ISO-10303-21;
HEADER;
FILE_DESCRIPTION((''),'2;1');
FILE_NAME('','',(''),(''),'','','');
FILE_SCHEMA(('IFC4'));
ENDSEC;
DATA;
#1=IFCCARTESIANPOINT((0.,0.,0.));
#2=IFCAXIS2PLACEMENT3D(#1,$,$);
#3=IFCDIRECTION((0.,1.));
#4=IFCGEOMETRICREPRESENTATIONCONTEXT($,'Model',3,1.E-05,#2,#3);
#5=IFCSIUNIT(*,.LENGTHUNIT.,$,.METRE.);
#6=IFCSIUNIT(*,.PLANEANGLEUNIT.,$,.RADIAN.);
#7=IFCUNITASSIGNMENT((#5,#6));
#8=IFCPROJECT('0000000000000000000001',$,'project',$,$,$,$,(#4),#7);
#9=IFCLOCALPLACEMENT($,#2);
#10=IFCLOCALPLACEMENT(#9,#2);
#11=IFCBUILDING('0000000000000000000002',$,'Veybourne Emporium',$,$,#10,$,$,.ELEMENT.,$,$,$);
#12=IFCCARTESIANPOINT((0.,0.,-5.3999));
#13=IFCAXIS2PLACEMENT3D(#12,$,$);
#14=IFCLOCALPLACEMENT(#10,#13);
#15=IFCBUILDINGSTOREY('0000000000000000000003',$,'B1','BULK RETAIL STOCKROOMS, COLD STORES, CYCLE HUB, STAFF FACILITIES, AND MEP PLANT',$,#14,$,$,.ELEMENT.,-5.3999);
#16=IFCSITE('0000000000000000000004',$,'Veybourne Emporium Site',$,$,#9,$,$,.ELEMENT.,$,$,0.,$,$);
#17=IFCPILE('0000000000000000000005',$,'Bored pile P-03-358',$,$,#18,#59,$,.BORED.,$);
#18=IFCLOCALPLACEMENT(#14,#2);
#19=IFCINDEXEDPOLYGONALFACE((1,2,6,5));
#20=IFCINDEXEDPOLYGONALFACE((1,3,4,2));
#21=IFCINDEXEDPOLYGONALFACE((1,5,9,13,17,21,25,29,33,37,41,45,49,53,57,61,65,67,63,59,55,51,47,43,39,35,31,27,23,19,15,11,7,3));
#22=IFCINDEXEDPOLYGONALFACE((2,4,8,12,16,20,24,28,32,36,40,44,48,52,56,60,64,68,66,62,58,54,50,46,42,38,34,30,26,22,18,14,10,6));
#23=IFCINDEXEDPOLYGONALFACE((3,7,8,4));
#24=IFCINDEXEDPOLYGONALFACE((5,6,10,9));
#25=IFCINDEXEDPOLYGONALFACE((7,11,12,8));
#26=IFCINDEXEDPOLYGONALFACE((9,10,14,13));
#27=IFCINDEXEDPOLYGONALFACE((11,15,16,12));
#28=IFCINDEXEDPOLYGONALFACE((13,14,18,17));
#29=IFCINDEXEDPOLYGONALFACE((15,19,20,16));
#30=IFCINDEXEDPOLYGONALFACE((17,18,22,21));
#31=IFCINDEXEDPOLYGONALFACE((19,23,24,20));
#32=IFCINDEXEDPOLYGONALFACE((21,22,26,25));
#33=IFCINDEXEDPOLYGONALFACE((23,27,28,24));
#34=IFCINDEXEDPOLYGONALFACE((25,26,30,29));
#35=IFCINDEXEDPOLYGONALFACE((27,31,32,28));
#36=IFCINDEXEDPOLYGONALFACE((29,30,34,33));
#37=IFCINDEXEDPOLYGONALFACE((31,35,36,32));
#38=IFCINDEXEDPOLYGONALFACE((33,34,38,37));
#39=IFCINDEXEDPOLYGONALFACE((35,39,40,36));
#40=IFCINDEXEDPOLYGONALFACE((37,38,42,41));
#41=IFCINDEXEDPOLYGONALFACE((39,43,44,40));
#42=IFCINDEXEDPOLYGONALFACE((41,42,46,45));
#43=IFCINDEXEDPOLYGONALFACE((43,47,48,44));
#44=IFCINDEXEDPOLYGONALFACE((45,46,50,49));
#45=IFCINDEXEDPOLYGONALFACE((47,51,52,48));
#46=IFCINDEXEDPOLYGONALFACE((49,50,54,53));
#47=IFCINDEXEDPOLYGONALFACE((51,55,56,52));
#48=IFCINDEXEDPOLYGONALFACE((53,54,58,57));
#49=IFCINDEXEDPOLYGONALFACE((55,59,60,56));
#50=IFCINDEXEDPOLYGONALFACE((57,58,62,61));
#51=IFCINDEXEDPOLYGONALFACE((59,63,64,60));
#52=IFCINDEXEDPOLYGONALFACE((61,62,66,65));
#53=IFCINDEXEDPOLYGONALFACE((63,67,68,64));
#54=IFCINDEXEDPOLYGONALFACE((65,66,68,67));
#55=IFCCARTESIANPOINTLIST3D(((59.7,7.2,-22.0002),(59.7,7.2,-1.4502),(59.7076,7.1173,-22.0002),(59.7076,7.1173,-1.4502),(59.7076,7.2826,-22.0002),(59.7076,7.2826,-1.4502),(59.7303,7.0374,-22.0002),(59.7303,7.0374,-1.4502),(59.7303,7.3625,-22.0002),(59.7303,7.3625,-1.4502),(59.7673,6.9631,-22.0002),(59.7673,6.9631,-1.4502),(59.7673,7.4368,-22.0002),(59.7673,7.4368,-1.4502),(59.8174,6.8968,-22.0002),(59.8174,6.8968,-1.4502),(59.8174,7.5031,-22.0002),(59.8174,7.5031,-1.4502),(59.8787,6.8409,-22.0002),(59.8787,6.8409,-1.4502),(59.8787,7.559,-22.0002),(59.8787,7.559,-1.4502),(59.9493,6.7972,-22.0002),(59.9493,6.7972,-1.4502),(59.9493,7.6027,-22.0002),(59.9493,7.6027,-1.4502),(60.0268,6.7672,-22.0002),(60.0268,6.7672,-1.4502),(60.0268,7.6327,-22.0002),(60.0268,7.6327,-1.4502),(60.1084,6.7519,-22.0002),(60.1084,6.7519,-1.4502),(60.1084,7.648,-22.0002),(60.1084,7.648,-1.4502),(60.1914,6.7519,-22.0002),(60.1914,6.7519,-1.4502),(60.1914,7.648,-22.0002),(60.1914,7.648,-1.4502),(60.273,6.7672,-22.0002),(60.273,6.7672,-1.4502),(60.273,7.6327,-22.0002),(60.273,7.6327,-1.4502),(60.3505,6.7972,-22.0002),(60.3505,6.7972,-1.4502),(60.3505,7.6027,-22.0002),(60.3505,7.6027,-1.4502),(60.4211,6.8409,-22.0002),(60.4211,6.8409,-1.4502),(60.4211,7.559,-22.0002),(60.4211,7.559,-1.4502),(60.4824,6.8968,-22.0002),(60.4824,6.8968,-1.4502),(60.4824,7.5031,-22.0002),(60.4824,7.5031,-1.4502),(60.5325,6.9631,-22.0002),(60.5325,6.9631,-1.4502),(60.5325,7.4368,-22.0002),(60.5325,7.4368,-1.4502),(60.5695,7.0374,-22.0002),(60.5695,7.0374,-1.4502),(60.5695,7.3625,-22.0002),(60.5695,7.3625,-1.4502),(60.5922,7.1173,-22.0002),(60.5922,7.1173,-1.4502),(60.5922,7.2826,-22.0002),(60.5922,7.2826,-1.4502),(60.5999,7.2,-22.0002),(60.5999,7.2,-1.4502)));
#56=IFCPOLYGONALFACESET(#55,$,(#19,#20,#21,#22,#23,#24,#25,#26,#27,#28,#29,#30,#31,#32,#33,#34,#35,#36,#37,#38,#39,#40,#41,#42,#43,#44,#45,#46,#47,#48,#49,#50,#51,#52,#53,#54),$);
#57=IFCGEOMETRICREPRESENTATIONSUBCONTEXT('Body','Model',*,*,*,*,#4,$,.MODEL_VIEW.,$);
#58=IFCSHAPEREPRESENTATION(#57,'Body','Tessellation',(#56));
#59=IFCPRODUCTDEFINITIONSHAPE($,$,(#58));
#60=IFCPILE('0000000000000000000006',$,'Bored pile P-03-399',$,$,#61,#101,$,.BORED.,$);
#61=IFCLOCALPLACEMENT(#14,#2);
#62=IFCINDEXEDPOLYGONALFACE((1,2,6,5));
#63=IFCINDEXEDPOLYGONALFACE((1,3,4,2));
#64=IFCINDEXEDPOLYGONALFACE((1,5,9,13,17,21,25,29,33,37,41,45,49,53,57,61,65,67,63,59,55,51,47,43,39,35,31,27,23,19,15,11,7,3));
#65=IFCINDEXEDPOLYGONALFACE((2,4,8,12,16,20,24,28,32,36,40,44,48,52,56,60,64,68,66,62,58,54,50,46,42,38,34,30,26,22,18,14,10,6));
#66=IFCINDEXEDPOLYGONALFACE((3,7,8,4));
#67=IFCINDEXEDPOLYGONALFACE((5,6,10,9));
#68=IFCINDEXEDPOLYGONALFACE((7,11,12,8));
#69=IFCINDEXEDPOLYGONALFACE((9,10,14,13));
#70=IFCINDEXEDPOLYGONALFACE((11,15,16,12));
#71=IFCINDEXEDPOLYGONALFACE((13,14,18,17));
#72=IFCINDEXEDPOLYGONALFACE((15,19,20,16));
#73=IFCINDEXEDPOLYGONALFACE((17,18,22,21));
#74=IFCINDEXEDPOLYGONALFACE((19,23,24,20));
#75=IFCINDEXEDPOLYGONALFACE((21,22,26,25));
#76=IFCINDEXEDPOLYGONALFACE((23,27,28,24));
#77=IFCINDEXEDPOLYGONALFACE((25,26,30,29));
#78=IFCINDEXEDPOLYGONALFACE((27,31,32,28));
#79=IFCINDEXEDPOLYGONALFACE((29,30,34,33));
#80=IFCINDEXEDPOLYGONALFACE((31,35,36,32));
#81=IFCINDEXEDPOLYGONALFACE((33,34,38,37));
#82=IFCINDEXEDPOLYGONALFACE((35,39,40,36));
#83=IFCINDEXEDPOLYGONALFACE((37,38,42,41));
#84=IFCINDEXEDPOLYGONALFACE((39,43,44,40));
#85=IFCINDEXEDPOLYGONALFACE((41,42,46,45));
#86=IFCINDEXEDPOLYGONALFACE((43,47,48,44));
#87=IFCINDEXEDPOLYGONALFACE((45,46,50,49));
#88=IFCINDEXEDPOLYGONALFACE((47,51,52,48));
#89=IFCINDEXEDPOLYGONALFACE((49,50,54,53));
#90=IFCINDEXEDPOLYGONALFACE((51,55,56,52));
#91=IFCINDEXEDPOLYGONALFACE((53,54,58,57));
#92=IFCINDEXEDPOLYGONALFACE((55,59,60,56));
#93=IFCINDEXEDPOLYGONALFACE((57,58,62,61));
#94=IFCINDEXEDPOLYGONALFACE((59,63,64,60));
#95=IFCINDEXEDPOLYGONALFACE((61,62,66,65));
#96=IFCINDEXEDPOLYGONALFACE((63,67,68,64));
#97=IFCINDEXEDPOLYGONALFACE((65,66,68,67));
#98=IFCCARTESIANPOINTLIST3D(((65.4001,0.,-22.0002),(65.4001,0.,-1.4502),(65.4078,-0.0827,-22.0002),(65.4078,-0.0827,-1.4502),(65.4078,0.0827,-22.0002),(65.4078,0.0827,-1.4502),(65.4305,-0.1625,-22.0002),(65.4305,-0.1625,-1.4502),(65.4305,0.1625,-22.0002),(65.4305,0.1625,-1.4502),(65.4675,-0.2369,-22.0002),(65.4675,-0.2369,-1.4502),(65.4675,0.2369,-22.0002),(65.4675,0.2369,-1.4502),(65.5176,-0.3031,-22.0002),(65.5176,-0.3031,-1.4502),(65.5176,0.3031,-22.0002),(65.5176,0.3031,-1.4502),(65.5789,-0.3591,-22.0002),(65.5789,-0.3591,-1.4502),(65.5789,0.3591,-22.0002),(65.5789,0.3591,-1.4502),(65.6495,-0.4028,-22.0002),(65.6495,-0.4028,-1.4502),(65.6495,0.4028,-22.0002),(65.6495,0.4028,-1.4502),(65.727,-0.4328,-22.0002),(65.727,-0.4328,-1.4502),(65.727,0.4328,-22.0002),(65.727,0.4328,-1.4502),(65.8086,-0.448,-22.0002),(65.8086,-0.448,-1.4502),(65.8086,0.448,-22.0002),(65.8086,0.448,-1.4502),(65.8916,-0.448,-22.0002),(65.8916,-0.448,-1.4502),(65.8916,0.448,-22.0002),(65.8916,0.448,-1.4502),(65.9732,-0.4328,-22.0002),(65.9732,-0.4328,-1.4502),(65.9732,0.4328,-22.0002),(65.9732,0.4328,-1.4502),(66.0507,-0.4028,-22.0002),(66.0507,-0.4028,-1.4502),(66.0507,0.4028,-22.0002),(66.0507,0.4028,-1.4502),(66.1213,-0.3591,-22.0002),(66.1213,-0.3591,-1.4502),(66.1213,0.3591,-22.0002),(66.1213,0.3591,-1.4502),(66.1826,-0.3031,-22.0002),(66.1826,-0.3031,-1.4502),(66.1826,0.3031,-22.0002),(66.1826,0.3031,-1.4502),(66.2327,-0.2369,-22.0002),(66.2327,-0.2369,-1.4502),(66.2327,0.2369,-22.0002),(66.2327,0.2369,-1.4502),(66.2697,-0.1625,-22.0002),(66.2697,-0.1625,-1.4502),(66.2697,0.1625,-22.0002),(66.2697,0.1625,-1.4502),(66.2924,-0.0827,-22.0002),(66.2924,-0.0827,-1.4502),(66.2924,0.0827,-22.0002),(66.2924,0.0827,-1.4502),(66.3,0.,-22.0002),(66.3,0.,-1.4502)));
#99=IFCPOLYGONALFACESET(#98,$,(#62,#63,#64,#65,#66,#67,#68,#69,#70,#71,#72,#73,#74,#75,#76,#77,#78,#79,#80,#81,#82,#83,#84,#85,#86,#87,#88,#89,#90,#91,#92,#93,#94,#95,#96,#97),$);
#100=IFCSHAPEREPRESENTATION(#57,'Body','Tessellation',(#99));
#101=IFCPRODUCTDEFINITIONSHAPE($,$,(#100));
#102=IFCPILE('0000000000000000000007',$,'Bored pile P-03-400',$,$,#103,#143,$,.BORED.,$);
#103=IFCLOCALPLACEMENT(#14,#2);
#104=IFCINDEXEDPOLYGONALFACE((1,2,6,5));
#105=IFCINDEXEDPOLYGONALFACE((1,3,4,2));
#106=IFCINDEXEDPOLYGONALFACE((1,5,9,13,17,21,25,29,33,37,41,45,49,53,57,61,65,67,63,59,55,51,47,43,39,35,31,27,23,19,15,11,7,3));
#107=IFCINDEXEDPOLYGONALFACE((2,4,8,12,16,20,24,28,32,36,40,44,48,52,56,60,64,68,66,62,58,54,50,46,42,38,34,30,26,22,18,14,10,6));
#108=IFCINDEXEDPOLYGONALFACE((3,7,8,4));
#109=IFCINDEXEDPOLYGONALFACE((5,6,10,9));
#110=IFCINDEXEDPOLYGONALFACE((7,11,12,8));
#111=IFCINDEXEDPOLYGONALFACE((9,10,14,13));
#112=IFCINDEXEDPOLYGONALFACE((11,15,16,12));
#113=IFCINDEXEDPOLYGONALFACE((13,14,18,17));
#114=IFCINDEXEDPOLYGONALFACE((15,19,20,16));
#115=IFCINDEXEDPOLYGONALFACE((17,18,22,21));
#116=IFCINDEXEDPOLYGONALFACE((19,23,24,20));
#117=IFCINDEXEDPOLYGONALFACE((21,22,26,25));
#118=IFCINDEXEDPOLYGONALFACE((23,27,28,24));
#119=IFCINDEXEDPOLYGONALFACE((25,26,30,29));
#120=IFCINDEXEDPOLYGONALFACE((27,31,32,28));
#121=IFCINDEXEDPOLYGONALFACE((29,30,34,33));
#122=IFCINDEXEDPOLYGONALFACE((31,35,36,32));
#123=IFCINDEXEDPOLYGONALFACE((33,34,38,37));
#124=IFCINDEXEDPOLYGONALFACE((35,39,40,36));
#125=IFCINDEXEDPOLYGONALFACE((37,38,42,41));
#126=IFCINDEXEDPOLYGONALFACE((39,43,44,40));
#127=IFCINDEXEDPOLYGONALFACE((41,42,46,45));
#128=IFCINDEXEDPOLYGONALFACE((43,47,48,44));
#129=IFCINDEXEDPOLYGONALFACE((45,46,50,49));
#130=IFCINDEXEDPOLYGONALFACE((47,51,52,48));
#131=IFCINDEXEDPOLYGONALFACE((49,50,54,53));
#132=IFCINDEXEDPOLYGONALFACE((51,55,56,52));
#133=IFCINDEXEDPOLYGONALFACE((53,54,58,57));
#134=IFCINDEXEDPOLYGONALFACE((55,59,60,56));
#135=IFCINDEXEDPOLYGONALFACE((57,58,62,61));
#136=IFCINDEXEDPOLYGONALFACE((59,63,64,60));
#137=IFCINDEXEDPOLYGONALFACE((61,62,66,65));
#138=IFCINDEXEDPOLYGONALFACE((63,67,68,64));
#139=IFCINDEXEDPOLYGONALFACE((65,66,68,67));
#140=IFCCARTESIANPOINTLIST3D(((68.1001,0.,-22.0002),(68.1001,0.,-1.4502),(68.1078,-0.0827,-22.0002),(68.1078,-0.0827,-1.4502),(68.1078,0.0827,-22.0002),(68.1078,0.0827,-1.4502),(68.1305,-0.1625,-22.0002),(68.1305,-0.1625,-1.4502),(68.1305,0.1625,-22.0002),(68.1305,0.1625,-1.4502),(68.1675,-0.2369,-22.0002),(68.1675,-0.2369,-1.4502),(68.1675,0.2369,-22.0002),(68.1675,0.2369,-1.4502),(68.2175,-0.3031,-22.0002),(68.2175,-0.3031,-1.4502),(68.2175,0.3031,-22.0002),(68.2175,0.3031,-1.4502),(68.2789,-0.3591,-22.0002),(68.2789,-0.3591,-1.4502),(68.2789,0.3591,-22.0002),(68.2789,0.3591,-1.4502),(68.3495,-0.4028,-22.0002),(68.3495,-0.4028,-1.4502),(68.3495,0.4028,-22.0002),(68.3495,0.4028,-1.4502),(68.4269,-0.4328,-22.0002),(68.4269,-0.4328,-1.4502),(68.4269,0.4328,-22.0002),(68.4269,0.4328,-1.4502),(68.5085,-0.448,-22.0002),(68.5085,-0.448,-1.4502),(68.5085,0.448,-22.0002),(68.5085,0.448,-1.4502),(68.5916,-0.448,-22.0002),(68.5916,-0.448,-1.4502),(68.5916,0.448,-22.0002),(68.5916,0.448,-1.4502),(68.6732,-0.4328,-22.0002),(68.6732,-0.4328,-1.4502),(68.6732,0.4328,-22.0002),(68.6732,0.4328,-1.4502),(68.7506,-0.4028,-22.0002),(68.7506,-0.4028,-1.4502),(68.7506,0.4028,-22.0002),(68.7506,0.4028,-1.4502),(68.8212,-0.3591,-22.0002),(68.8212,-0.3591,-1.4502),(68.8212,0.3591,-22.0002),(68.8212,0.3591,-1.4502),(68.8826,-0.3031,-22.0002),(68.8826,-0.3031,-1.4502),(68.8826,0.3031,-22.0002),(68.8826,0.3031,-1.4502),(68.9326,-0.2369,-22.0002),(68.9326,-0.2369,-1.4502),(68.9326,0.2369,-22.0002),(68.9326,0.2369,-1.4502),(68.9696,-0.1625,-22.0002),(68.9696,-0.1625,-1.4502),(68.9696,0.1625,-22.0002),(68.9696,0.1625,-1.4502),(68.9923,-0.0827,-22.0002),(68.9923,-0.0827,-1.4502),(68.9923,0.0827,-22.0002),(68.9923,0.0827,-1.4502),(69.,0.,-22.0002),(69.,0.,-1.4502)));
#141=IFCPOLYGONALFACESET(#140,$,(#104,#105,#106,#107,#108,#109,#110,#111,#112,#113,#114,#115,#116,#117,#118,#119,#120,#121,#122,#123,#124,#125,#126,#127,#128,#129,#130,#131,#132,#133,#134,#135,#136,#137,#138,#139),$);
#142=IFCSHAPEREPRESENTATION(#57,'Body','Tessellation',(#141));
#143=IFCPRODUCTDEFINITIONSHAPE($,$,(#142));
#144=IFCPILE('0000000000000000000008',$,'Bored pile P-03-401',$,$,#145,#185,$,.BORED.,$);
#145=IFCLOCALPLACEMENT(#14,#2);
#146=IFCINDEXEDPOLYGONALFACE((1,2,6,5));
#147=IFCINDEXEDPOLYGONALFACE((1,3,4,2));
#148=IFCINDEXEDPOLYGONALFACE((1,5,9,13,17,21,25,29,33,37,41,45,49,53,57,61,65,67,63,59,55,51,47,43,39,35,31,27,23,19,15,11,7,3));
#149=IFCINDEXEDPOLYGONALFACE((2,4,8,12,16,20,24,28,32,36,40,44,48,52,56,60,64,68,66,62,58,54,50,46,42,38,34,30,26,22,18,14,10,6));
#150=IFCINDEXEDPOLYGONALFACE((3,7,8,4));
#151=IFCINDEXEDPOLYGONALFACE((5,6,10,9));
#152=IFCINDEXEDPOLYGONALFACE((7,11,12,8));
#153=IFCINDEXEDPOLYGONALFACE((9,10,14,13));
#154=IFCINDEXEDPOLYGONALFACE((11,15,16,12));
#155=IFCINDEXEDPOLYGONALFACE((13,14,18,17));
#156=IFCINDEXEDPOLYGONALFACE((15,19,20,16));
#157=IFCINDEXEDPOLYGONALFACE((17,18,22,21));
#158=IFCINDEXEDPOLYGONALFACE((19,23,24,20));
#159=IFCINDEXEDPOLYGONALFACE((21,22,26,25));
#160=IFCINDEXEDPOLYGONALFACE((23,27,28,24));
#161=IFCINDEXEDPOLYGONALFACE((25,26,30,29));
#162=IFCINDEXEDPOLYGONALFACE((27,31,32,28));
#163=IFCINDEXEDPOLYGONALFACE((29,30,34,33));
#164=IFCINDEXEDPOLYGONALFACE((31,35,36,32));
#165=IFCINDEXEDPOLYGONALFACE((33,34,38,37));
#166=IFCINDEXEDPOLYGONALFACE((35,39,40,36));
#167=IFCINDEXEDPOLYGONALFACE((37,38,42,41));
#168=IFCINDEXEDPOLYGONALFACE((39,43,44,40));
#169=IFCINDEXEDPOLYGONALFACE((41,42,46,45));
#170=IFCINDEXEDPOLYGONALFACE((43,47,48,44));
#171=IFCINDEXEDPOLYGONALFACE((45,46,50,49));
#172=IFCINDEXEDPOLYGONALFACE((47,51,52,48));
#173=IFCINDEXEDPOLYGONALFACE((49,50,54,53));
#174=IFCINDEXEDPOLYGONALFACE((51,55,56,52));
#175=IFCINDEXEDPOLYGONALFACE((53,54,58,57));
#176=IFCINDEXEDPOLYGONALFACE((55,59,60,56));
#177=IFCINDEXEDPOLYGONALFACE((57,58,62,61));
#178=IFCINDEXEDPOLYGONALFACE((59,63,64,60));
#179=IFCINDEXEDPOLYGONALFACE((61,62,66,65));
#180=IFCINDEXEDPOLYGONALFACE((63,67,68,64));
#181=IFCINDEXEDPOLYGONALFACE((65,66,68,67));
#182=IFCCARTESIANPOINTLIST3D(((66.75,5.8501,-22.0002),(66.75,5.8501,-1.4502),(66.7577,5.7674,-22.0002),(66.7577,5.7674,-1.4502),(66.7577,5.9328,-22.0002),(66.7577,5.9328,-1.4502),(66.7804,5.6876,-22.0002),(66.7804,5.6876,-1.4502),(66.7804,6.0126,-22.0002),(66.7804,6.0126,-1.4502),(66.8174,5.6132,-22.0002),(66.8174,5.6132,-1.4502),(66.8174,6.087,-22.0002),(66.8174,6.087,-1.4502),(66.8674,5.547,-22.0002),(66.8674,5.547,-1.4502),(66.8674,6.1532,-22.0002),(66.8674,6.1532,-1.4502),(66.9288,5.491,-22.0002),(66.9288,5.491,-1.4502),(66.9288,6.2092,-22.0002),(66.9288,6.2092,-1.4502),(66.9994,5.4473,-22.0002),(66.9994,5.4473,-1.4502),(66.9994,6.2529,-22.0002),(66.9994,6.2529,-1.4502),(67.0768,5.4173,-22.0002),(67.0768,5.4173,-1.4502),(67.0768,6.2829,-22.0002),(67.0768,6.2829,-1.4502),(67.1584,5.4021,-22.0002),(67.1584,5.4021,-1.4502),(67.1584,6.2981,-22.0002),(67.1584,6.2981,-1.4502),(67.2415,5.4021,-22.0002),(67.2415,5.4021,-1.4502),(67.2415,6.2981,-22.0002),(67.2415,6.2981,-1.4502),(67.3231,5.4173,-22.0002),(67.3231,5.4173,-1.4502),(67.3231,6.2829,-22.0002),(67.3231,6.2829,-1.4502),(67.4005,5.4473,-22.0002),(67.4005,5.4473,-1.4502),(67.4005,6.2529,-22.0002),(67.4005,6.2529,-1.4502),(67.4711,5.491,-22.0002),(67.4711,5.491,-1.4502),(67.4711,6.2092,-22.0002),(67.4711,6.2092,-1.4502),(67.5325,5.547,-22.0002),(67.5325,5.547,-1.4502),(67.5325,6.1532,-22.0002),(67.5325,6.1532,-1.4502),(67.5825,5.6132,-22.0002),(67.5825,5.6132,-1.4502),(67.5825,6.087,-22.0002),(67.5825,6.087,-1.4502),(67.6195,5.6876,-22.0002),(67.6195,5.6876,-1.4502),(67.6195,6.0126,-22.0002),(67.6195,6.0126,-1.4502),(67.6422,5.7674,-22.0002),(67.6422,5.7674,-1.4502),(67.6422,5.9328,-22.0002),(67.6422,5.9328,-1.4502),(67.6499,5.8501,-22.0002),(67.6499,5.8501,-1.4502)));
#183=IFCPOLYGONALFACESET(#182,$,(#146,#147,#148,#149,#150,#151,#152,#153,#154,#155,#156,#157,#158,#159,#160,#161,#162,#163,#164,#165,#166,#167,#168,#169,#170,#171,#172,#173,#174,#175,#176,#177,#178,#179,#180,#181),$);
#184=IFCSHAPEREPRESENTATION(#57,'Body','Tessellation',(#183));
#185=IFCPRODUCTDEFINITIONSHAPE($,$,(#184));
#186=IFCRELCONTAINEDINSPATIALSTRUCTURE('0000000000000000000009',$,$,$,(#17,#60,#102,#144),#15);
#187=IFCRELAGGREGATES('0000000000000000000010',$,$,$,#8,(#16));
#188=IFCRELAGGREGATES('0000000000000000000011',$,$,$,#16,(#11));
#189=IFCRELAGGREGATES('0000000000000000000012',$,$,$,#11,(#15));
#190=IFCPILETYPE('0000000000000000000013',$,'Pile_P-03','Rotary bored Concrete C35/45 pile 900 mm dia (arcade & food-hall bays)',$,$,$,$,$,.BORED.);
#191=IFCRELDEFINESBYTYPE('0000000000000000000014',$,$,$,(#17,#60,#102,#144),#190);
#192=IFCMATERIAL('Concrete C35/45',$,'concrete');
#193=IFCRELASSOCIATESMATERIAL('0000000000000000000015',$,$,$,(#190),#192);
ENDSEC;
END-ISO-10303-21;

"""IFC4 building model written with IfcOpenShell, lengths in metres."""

from ifc_helpers import new_model, si_unit, direction, frame, origin, origin_2d, place, context, subcontext, project, spatial, circle, extrude, material, material_profile, profile_set, type_object, element, save


model = new_model("IFC4")

# Units and contexts
model_context = context("Model", 3, precision=1e-05, world=origin(), true_north=direction((0.0, 1.0)))
body_context = subcontext(model_context, "Body", "Model", "MODEL_VIEW")
ifc_project = project(units=[si_unit("LENGTHUNIT", "METRE"), si_unit("PLANEANGLEUNIT", "RADIAN")], contexts=[model_context])

# Site, building, storey
site_placement = place(None, origin())
site = spatial("IfcSite", under=ifc_project, at=site_placement, Name="Veybourne Emporium Site", CompositionType="ELEMENT", RefElevation=0.0)
building_placement = place(site_placement, origin())
building = spatial("IfcBuilding", under=site, at=building_placement, Name="Veybourne Emporium", CompositionType="ELEMENT")
storey_placement = place(building_placement, frame((0.0, 0.0, -5.3999)))
storey = spatial("IfcBuildingStorey", under=building, at=storey_placement, Name="B1", Description="BULK RETAIL STOCKROOMS, COLD STORES, CYCLE HUB, STAFF FACILITIES, AND MEP PLANT", CompositionType="ELEMENT", Elevation=-5.3999)

# Shared definitions
ifc_material_1 = material(Name="Concrete C35/45", Category="concrete")

# Piles
ifc_material_profile_1 = material_profile(ifc_material_1, circle(Radius=0.45, at=origin_2d()), Name="BORED PILE 900")
ifc_profile_set_1 = profile_set([ifc_material_profile_1], Name="Concrete C35/45")
pile_type = type_object("IfcPileType", Name="Pile_P-03", Description="Rotary bored Concrete C35/45 pile 900 mm dia (arcade & food-hall bays)", PredefinedType="BORED", material=ifc_profile_set_1)
for number, where, z_axis, x_axis, name in (
    (1, (60.1499, 7.2, -1.4502), (0.0, 0.0, -1.0), (1.0, 0.0, 0.0), "Bored pile P-03-358"),
    (2, (65.8501, 0.0, -1.4502), (0.0, 0.0, -1.0), (1.0, 0.0, 0.0), "Bored pile P-03-399"),
    (3, (68.55, 0.0, -1.4502), (0.0, 0.0, -1.0), (1.0, 0.0, 0.0), "Bored pile P-03-400"),
    (4, (67.2, 5.8501, -1.4502), (0.0, 0.0, -1.0), (1.0, 0.0, 0.0), "Bored pile P-03-401"),
):
    element("IfcPile", number, at=place(storey_placement, frame(where, z_axis=z_axis, x_axis=x_axis)), inside=storey, type_object=pile_type, Name=name, PredefinedType="BORED", context=body_context, shape_type="SweptSolid", body=[
        extrude(circle(Radius=0.45, at=origin_2d()), origin(), (0.0, 0.0, 1.0), 20.55),
    ])

save(model, "model.ifc")
